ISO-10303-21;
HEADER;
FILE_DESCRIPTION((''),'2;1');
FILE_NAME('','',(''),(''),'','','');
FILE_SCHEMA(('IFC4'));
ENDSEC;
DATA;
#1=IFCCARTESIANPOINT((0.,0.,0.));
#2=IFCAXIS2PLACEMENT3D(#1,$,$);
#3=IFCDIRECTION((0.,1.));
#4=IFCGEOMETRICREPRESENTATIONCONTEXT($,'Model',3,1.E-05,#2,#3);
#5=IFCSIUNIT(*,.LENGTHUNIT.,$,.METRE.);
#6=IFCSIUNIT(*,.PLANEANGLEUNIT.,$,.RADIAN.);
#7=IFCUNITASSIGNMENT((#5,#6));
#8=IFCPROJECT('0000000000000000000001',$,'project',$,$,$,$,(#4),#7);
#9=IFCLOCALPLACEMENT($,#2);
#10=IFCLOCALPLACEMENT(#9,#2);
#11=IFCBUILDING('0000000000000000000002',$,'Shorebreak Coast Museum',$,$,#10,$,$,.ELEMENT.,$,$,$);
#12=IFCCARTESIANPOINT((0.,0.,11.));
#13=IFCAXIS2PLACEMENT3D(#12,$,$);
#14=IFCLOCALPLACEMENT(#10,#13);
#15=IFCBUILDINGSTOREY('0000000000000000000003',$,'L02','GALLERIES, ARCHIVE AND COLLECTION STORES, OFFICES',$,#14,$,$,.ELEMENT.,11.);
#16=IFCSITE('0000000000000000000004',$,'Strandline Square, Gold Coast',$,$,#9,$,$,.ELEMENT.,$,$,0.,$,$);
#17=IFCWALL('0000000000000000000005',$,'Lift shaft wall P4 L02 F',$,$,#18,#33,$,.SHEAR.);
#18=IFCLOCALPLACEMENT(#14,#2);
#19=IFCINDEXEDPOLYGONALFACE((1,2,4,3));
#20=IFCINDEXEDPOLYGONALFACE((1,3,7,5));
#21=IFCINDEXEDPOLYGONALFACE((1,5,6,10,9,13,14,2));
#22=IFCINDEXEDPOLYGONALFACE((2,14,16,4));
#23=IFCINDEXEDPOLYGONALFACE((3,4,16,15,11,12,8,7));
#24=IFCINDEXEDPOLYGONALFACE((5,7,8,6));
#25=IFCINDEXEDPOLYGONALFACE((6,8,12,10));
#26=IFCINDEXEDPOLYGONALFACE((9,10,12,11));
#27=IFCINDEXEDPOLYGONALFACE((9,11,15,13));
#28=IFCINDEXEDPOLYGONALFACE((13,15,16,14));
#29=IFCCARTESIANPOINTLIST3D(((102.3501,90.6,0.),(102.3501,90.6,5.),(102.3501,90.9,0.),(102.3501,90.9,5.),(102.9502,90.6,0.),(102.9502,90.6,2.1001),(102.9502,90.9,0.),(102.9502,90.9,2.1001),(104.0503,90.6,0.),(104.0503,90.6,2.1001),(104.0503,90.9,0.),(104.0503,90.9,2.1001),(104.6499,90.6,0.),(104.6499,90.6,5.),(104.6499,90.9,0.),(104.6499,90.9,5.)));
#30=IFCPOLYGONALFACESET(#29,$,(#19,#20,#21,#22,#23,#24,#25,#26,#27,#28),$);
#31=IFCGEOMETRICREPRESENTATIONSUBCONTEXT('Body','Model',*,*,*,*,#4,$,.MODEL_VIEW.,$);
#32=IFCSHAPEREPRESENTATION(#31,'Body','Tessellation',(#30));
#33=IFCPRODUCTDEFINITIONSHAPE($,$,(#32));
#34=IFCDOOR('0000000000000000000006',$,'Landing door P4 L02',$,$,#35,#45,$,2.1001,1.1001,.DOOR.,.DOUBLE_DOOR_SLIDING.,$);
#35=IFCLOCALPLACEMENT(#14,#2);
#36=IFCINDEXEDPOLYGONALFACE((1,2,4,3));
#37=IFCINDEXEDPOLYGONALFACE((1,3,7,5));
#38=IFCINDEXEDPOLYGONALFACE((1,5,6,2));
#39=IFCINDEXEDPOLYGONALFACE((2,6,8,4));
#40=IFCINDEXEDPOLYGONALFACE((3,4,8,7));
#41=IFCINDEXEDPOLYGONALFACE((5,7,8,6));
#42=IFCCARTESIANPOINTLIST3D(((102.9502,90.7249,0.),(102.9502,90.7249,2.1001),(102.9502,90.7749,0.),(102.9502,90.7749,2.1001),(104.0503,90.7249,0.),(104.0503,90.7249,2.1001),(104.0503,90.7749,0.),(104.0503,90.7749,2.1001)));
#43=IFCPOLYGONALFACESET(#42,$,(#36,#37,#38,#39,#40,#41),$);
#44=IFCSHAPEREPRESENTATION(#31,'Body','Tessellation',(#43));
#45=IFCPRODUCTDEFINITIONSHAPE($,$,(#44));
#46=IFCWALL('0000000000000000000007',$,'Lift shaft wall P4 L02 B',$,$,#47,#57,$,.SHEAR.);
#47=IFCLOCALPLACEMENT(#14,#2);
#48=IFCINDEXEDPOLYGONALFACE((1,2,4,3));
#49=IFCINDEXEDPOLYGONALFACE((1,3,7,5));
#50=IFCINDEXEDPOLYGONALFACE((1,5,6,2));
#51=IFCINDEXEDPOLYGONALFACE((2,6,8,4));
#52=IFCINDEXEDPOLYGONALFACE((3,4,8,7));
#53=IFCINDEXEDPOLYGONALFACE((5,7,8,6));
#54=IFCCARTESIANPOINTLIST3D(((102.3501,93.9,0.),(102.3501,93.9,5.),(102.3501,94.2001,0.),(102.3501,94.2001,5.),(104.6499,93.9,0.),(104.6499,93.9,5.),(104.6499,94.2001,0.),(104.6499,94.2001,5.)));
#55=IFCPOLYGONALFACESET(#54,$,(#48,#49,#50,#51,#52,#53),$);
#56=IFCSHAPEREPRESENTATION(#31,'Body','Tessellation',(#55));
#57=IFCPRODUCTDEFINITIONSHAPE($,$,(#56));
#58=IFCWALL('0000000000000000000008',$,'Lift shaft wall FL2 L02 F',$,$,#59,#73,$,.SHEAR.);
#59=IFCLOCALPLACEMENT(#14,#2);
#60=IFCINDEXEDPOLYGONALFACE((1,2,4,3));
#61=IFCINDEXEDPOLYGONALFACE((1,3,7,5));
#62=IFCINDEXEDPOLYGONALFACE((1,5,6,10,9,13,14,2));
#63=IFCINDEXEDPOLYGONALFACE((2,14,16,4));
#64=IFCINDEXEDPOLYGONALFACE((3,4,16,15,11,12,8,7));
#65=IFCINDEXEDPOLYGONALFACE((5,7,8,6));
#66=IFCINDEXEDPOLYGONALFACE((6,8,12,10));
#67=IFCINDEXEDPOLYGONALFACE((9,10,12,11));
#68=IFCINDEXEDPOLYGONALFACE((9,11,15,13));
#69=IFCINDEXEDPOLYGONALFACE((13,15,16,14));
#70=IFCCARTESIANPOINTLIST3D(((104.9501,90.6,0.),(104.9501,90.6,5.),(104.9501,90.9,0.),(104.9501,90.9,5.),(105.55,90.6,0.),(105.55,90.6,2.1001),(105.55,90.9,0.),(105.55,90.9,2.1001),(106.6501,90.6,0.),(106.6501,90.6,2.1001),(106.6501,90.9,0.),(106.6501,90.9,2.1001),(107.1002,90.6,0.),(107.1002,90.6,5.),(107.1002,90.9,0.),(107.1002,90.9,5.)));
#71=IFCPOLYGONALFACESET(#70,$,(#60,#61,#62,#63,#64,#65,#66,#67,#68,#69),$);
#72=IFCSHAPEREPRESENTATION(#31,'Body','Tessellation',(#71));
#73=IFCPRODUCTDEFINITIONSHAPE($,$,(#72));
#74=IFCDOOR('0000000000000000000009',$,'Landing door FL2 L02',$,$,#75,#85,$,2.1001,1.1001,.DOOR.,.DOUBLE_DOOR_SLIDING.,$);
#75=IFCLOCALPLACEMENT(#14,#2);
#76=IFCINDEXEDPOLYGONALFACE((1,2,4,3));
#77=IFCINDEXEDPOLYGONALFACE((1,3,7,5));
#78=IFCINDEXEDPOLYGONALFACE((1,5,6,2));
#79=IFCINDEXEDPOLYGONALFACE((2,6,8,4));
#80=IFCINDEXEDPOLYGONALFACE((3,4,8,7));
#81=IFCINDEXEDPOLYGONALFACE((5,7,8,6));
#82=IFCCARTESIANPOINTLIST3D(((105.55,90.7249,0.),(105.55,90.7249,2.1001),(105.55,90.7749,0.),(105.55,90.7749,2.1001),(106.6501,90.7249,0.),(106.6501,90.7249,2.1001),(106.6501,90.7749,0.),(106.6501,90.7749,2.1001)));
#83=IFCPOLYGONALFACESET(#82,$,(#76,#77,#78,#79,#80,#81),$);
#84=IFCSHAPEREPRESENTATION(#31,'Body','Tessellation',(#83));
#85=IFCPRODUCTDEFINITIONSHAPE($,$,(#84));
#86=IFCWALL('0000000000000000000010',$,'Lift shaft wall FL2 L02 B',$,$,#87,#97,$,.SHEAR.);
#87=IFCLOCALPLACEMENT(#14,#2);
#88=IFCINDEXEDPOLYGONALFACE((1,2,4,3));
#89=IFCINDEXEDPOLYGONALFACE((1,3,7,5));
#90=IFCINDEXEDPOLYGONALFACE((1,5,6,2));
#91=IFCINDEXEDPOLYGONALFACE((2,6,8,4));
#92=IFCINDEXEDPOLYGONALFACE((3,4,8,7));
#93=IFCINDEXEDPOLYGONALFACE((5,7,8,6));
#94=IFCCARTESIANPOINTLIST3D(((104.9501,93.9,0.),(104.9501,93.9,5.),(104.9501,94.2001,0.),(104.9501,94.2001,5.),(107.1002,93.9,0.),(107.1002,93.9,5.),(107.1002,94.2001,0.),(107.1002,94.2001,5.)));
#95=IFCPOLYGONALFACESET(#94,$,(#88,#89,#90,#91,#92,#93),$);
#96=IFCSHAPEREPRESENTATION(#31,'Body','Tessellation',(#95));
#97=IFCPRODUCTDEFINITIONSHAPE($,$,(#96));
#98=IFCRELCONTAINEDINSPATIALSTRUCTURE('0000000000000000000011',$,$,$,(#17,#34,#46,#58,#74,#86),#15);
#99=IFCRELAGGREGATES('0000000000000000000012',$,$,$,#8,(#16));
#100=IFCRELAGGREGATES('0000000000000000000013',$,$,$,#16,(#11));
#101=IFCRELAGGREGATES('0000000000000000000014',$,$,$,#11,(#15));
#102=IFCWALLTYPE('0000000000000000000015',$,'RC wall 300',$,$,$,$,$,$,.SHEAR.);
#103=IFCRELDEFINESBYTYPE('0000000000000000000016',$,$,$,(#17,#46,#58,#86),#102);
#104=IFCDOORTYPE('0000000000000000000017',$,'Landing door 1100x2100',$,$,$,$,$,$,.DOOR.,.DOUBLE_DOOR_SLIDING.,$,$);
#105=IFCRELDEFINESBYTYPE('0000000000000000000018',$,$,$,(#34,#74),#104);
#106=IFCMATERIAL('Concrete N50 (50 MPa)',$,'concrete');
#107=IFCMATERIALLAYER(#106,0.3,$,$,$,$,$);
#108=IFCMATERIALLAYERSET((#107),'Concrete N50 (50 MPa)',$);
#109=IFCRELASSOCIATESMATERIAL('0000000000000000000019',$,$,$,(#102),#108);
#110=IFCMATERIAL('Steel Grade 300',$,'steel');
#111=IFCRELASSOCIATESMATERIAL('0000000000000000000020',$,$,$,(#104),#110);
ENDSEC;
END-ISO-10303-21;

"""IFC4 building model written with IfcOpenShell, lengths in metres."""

from ifc_helpers import new_model, si_unit, direction, frame, frame_2d, origin, place, context, subcontext, project, spatial, rectangle, extrude, material, layer, layer_set, type_object, element, fill, save


model = new_model("IFC4")

# Units and contexts
model_context = context("Model", 3, precision=1e-05, world=origin(), true_north=direction((0.0, 1.0)))
body_context = subcontext(model_context, "Body", "Model", "MODEL_VIEW")
ifc_project = project(units=[si_unit("LENGTHUNIT", "METRE"), si_unit("PLANEANGLEUNIT", "RADIAN")], contexts=[model_context])

# Site, building, storey
site_placement = place(None, origin())
site = spatial("IfcSite", under=ifc_project, at=site_placement, Name="Strandline Square, Gold Coast", CompositionType="ELEMENT", RefElevation=0.0)
building_placement = place(site_placement, origin())
building = spatial("IfcBuilding", under=site, at=building_placement, Name="Shorebreak Coast Museum", CompositionType="ELEMENT")
storey_placement = place(building_placement, frame((0.0, 0.0, 11.0)))
storey = spatial("IfcBuildingStorey", under=building, at=storey_placement, Name="L02", Description="GALLERIES, ARCHIVE AND COLLECTION STORES, OFFICES", CompositionType="ELEMENT", Elevation=11.0)

# Shared definitions
ifc_material_1 = material(Name="Concrete N50 (50 MPa)", Category="concrete")
ifc_layer_1 = layer(ifc_material_1, 0.3)
ifc_layer_set_1 = layer_set([ifc_layer_1], Name="Concrete N50 (50 MPa)")
wall_type_1 = type_object("IfcWallType", Name="RC wall 300", PredefinedType="SHEAR", material=ifc_layer_set_1)

# Shared definitions
ifc_material_2 = material(Name="Steel Grade 300", Category="steel")
door_type_1 = type_object("IfcDoorType", Name="Landing door 1100x2100", OperationType="DOUBLE_DOOR_SLIDING", PredefinedType="DOOR", material=ifc_material_2)

# Wall, opening, door
wall_1_placement = place(storey_placement, frame((102.3501, 90.75, 0.0), z_axis=(0.0, 0.0, 1.0), x_axis=(1.0, 0.0, 0.0)))
wall_1 = element("IfcWall", 1, at=wall_1_placement, inside=storey, type_object=wall_type_1, Name="Lift shaft wall P4 L02 F", PredefinedType="SHEAR", context=body_context, shape_type="SweptSolid", body=[
    extrude(rectangle(XDim=2.2998, YDim=0.3, at=frame_2d((1.1499, 0.0))), origin(), (0.0, 0.0, 1.0), 5.0),
])
opening_1_placement = place(wall_1_placement, frame((0.6001, 0.0, 0.0)))
opening_1 = element("IfcOpeningElement", 2, at=opening_1_placement, cuts=wall_1, PredefinedType="OPENING", context=body_context, shape_type="SweptSolid", body=[
    extrude(rectangle(XDim=1.1001, YDim=2.1001, at=frame_2d((0.55, 1.05))), frame((0.0, 0.1599, 0.0), z_axis=(0.0, -1.0, 0.0), x_axis=(1.0, 0.0, 0.0)), (0.0, 0.0, 1.0), 0.3201),
])
door_1_placement = place(opening_1_placement, origin())
door_1 = element("IfcDoor", 3, at=door_1_placement, inside=storey, type_object=door_type_1, Name="Landing door P4 L02", OperationType="DOUBLE_DOOR_SLIDING", OverallHeight=2.1001, OverallWidth=1.1001, PredefinedType="DOOR", context=body_context, shape_type="SweptSolid", body=[
    extrude(rectangle(XDim=1.1001, YDim=2.1001, at=frame_2d((0.55, 1.05))), frame((0.0, 0.0249, 0.0), z_axis=(0.0, -1.0, 0.0), x_axis=(1.0, 0.0, 0.0)), (0.0, 0.0, 1.0), 0.05),
])
fill(opening_1, door_1)

# Wall
wall_2_placement = place(storey_placement, frame((102.3501, 94.05, 0.0), z_axis=(0.0, 0.0, 1.0), x_axis=(1.0, 0.0, 0.0)))
element("IfcWall", 4, at=wall_2_placement, inside=storey, type_object=wall_type_1, Name="Lift shaft wall P4 L02 B", PredefinedType="SHEAR", context=body_context, shape_type="SweptSolid", body=[
    extrude(rectangle(XDim=2.2998, YDim=0.3, at=frame_2d((1.1499, 0.0))), origin(), (0.0, 0.0, 1.0), 5.0),
])

# Wall, opening, door
wall_3_placement = place(storey_placement, frame((104.95, 90.75, 0.0), z_axis=(0.0, 0.0, 1.0), x_axis=(1.0, 0.0, 0.0)))
wall_3 = element("IfcWall", 5, at=wall_3_placement, inside=storey, type_object=wall_type_1, Name="Lift shaft wall FL2 L02 F", PredefinedType="SHEAR", context=body_context, shape_type="SweptSolid", body=[
    extrude(rectangle(XDim=2.1501, YDim=0.3, at=frame_2d((1.0752, 0.0))), origin(), (0.0, 0.0, 1.0), 5.0),
])
opening_2_placement = place(wall_3_placement, frame((0.6001, 0.0, 0.0)))
opening_2 = element("IfcOpeningElement", 6, at=opening_2_placement, cuts=wall_3, PredefinedType="OPENING", context=body_context, shape_type="SweptSolid", body=[
    extrude(rectangle(XDim=1.1001, YDim=2.1001, at=frame_2d((0.55, 1.05))), frame((0.0, 0.1599, 0.0), z_axis=(0.0, -1.0, 0.0), x_axis=(1.0, 0.0, 0.0)), (0.0, 0.0, 1.0), 0.3201),
])
door_2_placement = place(opening_2_placement, origin())
door_2 = element("IfcDoor", 7, at=door_2_placement, inside=storey, type_object=door_type_1, Name="Landing door FL2 L02", OperationType="DOUBLE_DOOR_SLIDING", OverallHeight=2.1001, OverallWidth=1.1001, PredefinedType="DOOR", context=body_context, shape_type="SweptSolid", body=[
    extrude(rectangle(XDim=1.1001, YDim=2.1001, at=frame_2d((0.55, 1.05))), frame((0.0, 0.0249, 0.0), z_axis=(0.0, -1.0, 0.0), x_axis=(1.0, 0.0, 0.0)), (0.0, 0.0, 1.0), 0.05),
])
fill(opening_2, door_2)

# Wall
wall_4_placement = place(storey_placement, frame((104.95, 94.05, 0.0), z_axis=(0.0, 0.0, 1.0), x_axis=(1.0, 0.0, 0.0)))
element("IfcWall", 8, at=wall_4_placement, inside=storey, type_object=wall_type_1, Name="Lift shaft wall FL2 L02 B", PredefinedType="SHEAR", context=body_context, shape_type="SweptSolid", body=[
    extrude(rectangle(XDim=2.1501, YDim=0.3, at=frame_2d((1.0752, 0.0))), origin(), (0.0, 0.0, 1.0), 5.0),
])

save(model, "model.ifc")
